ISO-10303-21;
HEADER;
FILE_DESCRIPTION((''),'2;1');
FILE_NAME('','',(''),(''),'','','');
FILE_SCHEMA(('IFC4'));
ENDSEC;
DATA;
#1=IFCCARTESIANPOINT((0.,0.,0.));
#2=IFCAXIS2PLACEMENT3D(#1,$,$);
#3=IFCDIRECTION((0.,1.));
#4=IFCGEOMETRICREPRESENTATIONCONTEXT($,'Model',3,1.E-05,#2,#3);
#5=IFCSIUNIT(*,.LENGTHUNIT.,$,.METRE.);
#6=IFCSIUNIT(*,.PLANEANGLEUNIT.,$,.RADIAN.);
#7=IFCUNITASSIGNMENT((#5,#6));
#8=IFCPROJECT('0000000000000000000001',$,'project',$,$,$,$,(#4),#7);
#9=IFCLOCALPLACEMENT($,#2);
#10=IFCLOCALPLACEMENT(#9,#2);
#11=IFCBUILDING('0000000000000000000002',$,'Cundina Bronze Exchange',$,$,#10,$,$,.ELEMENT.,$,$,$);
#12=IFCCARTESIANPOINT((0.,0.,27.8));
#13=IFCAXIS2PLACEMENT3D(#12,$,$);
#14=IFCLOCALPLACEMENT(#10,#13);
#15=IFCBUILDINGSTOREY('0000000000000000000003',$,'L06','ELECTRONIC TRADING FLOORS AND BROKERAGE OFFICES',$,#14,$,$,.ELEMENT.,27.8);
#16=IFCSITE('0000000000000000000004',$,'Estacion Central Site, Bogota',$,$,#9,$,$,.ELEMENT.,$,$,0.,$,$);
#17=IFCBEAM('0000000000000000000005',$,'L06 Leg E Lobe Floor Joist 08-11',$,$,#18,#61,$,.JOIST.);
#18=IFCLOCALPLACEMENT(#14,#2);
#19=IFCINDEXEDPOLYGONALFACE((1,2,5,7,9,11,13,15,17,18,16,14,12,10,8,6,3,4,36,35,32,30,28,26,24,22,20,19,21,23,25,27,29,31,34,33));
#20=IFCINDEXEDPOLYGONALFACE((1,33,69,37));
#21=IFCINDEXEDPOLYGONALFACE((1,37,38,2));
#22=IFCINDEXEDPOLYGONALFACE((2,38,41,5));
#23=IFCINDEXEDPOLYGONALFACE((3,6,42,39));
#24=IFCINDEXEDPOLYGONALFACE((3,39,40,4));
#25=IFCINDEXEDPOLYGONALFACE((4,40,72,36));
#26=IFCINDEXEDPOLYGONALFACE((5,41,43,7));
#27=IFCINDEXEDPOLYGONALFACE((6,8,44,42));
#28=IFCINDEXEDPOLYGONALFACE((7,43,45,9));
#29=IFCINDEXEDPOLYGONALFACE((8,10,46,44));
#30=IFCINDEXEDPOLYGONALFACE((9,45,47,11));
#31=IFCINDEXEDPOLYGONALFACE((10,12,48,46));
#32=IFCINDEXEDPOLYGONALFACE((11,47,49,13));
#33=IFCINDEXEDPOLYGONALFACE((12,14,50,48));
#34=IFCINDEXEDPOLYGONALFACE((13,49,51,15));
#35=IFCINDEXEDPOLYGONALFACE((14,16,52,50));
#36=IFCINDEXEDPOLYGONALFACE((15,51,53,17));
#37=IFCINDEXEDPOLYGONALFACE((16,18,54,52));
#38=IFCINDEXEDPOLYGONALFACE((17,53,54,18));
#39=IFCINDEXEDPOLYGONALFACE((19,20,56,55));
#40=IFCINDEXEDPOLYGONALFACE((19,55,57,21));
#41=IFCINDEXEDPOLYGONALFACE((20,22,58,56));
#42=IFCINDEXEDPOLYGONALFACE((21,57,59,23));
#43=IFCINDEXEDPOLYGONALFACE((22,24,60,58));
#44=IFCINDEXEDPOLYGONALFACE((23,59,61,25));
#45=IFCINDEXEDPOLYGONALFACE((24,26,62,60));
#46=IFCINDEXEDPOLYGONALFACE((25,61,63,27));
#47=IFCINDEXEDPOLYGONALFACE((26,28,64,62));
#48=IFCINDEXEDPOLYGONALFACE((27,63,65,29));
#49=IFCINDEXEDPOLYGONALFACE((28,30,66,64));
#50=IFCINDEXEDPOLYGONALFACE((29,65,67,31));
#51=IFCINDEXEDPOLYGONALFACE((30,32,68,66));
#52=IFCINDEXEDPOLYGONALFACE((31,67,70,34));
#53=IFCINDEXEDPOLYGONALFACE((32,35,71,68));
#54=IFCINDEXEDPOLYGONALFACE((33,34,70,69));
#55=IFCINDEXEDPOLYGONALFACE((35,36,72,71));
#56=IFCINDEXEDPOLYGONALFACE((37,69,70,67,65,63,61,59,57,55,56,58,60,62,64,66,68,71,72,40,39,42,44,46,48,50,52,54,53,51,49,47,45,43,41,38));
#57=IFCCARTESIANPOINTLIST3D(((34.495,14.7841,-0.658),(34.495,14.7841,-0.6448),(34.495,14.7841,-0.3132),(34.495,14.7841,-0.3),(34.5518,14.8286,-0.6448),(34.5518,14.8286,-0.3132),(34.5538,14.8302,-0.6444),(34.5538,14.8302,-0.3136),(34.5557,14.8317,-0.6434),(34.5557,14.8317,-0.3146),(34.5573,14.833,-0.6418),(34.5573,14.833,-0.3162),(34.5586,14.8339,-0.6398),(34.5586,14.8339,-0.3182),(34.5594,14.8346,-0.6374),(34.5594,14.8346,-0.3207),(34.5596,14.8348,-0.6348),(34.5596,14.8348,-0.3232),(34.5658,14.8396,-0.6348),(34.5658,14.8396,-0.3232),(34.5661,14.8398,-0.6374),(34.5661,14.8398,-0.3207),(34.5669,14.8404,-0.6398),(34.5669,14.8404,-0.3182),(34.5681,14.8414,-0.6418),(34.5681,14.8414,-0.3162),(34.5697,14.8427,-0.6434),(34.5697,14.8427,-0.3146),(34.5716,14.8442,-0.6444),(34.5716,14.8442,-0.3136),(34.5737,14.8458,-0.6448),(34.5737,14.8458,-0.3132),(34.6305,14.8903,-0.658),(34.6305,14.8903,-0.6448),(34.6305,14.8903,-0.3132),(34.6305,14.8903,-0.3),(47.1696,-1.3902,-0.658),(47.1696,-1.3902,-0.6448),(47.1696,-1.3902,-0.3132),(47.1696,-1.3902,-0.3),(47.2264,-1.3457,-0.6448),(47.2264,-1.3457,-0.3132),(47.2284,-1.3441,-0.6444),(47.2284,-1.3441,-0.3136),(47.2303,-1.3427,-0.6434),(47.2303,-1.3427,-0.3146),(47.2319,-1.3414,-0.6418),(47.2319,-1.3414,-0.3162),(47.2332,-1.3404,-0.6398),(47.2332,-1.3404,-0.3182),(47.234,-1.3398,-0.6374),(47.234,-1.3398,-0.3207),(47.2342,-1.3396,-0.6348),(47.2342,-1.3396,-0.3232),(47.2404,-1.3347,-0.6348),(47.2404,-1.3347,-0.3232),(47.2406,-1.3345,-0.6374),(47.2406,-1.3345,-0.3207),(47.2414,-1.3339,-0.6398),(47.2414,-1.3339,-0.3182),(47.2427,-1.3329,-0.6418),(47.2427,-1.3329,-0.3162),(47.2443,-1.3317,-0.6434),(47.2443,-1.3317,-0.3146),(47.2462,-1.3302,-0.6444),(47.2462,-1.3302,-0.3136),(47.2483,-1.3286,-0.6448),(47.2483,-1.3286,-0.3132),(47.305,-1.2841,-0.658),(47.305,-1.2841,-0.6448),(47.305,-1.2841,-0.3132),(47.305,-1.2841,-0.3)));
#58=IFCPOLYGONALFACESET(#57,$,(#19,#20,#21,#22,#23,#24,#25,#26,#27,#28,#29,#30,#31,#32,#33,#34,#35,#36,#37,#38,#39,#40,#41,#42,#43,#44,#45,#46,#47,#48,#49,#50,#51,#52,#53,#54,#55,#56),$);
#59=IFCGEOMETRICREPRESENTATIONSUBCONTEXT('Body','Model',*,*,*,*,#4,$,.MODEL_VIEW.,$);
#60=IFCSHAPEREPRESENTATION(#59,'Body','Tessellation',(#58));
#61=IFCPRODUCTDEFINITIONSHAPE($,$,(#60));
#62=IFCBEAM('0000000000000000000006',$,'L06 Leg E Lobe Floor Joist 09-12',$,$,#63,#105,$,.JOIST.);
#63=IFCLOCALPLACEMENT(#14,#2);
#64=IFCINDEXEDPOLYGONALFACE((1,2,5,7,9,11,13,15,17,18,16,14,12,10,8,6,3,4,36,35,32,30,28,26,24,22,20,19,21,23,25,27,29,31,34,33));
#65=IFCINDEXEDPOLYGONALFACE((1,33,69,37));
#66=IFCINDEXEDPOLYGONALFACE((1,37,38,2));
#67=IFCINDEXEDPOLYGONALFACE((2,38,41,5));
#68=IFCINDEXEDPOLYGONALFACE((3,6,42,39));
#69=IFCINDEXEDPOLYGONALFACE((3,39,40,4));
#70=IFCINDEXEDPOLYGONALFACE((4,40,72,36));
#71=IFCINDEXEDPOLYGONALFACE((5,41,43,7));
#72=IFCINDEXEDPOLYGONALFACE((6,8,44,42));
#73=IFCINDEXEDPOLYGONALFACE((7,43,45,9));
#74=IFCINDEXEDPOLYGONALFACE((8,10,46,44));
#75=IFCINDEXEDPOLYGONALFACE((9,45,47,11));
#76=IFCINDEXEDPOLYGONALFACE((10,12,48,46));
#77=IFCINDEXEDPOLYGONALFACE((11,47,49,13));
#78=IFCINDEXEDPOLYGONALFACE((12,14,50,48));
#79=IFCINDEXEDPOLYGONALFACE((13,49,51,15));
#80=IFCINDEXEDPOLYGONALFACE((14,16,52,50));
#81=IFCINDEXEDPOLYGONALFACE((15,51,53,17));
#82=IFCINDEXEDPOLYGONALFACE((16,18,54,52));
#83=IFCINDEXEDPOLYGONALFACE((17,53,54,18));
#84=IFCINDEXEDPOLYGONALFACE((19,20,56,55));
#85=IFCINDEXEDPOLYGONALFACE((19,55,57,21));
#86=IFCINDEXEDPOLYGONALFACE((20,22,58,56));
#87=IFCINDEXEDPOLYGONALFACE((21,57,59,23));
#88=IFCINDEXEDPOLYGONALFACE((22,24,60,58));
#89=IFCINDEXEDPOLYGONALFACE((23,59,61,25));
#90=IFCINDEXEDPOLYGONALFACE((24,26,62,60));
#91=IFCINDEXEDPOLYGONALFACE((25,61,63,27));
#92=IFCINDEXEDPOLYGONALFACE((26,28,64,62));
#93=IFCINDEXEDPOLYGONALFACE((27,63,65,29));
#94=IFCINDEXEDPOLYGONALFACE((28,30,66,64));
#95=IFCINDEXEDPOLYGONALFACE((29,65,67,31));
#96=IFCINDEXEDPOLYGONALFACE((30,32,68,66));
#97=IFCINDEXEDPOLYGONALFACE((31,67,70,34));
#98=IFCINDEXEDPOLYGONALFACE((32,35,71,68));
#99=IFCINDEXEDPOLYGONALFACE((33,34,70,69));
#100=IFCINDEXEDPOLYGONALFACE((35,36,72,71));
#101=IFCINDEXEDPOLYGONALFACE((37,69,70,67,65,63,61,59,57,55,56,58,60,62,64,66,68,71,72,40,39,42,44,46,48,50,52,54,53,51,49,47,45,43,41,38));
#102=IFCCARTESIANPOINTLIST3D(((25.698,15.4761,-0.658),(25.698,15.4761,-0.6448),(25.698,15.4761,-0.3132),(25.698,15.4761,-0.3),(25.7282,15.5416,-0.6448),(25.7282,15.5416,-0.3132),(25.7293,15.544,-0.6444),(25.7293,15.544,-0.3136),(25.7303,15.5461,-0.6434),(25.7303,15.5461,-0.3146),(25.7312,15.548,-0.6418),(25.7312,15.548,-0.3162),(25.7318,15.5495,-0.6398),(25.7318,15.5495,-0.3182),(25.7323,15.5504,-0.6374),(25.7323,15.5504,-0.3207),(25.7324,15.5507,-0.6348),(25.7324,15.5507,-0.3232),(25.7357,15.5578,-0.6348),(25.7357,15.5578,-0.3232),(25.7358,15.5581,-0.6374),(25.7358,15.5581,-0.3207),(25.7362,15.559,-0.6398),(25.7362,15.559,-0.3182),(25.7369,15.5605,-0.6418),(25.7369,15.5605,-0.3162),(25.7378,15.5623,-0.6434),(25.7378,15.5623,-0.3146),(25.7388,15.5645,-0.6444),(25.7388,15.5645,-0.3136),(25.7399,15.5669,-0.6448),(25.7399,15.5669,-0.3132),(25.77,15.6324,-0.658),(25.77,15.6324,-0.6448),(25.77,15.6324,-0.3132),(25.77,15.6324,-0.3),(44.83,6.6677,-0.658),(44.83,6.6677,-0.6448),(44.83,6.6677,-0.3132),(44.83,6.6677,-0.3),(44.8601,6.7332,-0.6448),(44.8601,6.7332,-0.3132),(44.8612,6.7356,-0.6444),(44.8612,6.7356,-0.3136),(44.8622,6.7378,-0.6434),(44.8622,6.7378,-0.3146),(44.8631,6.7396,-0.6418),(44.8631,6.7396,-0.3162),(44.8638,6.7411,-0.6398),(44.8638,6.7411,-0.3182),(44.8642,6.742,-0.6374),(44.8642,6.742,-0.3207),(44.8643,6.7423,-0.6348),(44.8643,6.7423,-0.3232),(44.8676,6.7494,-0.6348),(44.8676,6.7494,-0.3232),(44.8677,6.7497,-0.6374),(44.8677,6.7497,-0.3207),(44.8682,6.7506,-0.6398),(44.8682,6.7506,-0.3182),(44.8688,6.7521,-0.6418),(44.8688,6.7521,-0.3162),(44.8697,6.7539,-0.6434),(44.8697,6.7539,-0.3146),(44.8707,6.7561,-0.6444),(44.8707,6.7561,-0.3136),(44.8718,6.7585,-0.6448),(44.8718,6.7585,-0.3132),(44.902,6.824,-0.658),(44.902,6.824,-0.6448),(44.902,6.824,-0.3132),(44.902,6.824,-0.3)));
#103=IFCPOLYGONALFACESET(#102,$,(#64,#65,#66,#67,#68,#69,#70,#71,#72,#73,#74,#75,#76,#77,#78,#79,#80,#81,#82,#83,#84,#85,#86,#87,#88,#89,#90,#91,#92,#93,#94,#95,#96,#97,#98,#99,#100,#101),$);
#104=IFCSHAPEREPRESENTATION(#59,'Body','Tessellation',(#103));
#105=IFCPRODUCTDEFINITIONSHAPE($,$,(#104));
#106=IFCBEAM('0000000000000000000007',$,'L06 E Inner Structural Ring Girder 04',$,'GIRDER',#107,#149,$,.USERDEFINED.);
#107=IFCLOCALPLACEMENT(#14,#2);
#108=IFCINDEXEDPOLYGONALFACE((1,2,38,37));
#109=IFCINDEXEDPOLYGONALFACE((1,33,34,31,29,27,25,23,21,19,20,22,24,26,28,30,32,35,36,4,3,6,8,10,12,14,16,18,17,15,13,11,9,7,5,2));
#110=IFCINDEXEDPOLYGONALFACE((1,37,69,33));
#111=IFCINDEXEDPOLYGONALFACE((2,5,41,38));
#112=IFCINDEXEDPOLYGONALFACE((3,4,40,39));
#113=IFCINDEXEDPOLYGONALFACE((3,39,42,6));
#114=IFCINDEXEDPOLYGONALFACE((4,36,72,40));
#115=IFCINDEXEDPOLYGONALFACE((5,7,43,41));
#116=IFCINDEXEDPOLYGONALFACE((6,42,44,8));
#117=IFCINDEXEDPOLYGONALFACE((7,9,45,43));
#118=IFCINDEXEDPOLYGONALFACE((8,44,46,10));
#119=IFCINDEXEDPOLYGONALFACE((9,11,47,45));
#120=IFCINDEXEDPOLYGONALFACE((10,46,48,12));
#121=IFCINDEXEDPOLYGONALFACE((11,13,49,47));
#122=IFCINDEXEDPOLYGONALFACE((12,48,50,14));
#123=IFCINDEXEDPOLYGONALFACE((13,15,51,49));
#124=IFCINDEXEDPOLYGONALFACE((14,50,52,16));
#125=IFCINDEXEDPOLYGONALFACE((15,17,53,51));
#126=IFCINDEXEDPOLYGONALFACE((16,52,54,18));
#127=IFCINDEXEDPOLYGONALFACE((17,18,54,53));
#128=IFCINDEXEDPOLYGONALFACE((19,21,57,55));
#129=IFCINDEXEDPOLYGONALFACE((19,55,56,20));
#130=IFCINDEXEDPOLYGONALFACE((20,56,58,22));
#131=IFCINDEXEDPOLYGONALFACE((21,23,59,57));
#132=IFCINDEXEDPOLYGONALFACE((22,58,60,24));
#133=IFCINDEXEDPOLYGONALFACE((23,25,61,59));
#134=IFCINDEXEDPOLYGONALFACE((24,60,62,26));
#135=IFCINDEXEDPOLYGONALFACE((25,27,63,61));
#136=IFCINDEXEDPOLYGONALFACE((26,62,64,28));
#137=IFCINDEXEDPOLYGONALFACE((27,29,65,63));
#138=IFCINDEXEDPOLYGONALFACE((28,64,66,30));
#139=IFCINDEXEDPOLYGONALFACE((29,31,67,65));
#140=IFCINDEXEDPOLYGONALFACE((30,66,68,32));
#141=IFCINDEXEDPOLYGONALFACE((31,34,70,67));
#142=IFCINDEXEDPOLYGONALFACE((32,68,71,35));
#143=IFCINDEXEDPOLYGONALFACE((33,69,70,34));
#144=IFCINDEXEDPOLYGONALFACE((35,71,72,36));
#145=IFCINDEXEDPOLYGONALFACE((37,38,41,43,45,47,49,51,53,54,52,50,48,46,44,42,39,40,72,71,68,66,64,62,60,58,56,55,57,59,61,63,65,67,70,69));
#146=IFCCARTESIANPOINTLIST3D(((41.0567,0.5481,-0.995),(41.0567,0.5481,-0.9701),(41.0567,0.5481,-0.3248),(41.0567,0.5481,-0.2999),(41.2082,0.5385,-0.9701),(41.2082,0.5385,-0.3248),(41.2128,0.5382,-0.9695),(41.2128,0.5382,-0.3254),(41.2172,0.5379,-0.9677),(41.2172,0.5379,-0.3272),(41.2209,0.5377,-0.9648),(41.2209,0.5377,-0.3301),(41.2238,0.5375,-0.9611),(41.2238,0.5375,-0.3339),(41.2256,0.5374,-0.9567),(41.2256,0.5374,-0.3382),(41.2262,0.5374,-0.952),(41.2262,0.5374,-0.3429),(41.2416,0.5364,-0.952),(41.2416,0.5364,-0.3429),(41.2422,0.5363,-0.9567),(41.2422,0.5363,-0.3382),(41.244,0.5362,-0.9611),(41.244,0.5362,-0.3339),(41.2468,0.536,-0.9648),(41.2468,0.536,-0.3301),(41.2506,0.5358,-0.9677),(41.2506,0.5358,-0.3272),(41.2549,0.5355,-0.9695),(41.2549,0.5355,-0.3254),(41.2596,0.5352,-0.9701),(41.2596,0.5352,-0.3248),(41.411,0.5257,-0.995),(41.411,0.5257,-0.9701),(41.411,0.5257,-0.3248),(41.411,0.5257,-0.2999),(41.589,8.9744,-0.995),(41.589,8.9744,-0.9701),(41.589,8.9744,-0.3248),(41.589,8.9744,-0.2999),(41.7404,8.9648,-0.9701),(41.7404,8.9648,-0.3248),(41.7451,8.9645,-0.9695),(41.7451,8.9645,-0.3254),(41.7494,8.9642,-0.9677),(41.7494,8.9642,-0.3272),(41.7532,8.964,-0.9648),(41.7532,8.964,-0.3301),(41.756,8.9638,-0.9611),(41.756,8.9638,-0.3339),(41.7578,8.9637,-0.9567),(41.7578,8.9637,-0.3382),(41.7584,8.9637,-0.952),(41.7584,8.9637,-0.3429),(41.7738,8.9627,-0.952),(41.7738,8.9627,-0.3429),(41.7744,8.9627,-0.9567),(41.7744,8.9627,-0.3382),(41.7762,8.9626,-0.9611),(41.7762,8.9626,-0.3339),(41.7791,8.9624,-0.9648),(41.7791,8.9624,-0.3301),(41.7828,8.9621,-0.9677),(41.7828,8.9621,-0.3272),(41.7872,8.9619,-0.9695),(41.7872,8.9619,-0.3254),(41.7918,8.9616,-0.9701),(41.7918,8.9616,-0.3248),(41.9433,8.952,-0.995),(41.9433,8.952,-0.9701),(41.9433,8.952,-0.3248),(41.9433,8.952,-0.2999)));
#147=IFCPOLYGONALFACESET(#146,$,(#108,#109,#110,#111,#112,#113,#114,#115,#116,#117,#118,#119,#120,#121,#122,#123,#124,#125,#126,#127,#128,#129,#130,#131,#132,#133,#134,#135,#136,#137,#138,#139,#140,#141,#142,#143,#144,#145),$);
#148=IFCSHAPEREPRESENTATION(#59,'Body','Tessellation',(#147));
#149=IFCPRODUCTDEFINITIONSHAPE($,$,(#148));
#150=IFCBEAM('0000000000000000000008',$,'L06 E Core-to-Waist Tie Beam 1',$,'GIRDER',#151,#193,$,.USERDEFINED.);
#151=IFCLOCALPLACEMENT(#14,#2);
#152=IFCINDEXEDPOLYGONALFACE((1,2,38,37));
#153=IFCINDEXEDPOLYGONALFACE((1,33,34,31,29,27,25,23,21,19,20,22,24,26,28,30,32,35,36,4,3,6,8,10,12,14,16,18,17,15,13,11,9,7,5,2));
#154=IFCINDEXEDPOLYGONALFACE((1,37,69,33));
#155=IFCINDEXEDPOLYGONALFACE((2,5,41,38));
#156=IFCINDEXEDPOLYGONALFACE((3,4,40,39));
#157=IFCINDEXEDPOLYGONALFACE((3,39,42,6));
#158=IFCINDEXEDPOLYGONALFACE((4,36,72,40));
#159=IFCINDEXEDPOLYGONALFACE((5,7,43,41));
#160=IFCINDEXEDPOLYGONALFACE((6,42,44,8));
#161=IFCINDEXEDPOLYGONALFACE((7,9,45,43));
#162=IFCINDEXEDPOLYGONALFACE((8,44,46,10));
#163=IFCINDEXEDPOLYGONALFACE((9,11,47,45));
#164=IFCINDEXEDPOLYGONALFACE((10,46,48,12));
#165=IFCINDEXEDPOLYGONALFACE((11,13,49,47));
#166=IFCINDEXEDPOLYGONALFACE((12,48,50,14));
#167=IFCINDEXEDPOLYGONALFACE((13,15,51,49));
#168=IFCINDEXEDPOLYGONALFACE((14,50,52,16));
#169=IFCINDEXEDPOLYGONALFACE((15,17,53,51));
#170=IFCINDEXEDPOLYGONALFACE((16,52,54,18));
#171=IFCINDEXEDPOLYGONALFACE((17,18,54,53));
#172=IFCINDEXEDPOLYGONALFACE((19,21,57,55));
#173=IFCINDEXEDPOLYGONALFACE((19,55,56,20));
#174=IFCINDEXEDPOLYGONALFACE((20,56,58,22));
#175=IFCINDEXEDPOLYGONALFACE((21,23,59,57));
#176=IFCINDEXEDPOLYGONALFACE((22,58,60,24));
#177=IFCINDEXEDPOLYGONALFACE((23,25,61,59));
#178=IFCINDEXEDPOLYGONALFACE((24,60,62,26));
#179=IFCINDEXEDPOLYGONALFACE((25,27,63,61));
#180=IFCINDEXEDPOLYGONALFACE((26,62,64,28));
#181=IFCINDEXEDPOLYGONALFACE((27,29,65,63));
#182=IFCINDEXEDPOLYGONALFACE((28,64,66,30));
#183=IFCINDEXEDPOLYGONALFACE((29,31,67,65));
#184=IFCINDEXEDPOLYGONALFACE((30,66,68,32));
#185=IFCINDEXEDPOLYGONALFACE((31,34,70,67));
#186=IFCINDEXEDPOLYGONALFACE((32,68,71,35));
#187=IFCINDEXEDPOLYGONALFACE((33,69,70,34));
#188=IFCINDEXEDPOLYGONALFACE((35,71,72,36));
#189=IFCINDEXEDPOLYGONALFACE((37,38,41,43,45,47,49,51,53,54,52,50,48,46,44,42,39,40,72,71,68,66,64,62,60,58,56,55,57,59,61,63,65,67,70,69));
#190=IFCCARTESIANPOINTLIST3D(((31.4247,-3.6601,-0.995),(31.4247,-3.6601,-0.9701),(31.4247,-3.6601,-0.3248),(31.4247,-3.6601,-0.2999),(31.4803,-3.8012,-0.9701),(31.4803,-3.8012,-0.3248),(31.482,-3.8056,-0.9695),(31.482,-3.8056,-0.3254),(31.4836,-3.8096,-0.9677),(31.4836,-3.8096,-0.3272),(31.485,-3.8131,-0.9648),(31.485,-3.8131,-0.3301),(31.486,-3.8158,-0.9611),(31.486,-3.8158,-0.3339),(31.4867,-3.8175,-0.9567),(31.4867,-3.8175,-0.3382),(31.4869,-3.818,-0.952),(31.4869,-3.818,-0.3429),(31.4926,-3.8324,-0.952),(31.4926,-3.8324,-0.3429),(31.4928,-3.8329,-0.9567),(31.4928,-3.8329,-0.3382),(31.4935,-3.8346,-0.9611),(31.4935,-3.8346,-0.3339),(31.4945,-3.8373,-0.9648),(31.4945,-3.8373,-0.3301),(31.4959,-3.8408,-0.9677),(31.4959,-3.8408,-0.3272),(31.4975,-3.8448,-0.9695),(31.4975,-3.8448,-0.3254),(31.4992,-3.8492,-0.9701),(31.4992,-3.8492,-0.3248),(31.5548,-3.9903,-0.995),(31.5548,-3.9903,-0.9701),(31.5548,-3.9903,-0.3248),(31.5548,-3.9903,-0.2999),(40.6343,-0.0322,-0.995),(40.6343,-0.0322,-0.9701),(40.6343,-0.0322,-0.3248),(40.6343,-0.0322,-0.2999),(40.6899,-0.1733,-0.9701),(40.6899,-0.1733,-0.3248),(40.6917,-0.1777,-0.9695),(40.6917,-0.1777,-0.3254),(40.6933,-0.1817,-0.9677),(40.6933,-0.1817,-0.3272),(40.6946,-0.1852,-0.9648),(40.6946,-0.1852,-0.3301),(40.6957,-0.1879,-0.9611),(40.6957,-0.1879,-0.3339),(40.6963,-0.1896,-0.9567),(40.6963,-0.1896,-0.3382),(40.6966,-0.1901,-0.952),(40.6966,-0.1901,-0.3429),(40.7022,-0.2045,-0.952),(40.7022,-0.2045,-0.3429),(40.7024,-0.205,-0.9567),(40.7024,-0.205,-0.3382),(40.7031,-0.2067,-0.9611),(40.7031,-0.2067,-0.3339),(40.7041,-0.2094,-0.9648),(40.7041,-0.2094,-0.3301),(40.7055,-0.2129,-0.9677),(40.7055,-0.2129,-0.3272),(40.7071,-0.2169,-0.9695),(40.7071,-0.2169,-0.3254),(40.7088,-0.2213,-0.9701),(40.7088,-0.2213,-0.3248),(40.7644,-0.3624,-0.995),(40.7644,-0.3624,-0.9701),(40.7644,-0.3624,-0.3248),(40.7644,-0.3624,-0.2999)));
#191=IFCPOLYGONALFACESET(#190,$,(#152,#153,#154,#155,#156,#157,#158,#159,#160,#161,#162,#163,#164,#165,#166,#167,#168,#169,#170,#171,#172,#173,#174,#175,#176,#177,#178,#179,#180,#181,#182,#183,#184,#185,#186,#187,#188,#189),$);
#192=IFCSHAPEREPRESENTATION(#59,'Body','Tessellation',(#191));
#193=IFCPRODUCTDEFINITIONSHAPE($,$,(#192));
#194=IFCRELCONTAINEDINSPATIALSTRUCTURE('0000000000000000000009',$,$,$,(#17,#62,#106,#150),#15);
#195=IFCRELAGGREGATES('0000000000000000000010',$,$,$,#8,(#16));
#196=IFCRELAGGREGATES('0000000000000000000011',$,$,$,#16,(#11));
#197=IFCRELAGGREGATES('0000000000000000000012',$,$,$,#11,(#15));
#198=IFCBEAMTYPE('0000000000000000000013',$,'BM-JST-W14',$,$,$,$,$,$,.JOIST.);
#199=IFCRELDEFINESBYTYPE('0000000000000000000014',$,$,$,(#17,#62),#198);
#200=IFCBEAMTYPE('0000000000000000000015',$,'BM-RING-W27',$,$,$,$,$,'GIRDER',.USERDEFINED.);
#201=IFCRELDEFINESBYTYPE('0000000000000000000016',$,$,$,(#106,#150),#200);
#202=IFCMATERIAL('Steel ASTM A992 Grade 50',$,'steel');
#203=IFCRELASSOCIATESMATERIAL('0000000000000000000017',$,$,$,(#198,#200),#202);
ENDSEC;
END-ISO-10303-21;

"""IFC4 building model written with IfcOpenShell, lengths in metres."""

from ifc_helpers import new_model, si_unit, direction, frame, origin, origin_2d, place, context, subcontext, project, spatial, i_section, extrude, material, material_profile, profile_set, type_object, element, save


model = new_model("IFC4")

# Units and contexts
model_context = context("Model", 3, precision=1e-05, world=origin(), true_north=direction((0.0, 1.0)))
body_context = subcontext(model_context, "Body", "Model", "MODEL_VIEW")
ifc_project = project(units=[si_unit("LENGTHUNIT", "METRE"), si_unit("PLANEANGLEUNIT", "RADIAN")], contexts=[model_context])

# Site, building, storey
site_placement = place(None, origin())
site = spatial("IfcSite", under=ifc_project, at=site_placement, Name="Estacion Central Site, Bogota", CompositionType="ELEMENT", RefElevation=0.0)
building_placement = place(site_placement, origin())
building = spatial("IfcBuilding", under=site, at=building_placement, Name="Cundina Bronze Exchange", CompositionType="ELEMENT")
storey_placement = place(building_placement, frame((0.0, 0.0, 27.8)))
storey = spatial("IfcBuildingStorey", under=building, at=storey_placement, Name="L06", Description="ELECTRONIC TRADING FLOORS AND BROKERAGE OFFICES", CompositionType="ELEMENT", Elevation=27.8)

# Shared definitions
ifc_material_1 = material(Name="Steel ASTM A992 Grade 50", Category="steel")

# Beams
ifc_material_profile_1 = material_profile(ifc_material_1, i_section(OverallWidth=0.1721, OverallDepth=0.3579, WebThickness=0.0078, FlangeThickness=0.0132, FilletRadius=0.01, at=origin_2d()), Name="W14X38", Category="steel")
ifc_profile_set_1 = profile_set([ifc_material_profile_1], Name="Steel ASTM A992 Grade 50")
beam_type_1 = type_object("IfcBeamType", Name="BM-JST-W14", PredefinedType="JOIST", material=ifc_profile_set_1)
beam_1_placement = place(storey_placement, frame((47.2373, -1.3372, -0.479), z_axis=(-0.616803, 0.787117, 0.0), x_axis=(-0.787117, -0.616803, 0.0)))
element("IfcBeam", 1, at=beam_1_placement, inside=storey, type_object=beam_type_1, Name="L06 Leg E Lobe Floor Joist 08-11", PredefinedType="JOIST", context=body_context, shape_type="SweptSolid", body=[
    extrude(i_section(OverallWidth=0.1721, OverallDepth=0.3579, WebThickness=0.0078, FlangeThickness=0.0132, FilletRadius=0.01, at=origin_2d()), origin(), (0.0, 0.0, 1.0), 20.5488),
])
beam_2_placement = place(storey_placement, frame((44.866, 6.7458, -0.479), z_axis=(-0.908352, 0.418208, 0.0), x_axis=(-0.418208, -0.908352, 0.0)))
element("IfcBeam", 2, at=beam_2_placement, inside=storey, type_object=beam_type_1, Name="L06 Leg E Lobe Floor Joist 09-12", PredefinedType="JOIST", context=body_context, shape_type="SweptSolid", body=[
    extrude(i_section(OverallWidth=0.1721, OverallDepth=0.3579, WebThickness=0.0078, FlangeThickness=0.0132, FilletRadius=0.01, at=origin_2d()), origin(), (0.0, 0.0, 1.0), 21.0623),
])
ifc_material_profile_2 = material_profile(ifc_material_1, i_section(OverallWidth=0.355, OverallDepth=0.6951, WebThickness=0.0154, FlangeThickness=0.0249, FilletRadius=0.0181, at=origin_2d()), Name="W27X146", Category="steel")
ifc_profile_set_2 = profile_set([ifc_material_profile_2], Name="Steel ASTM A992 Grade 50")
beam_type_2 = type_object("IfcBeamType", Name="BM-RING-W27", ElementType="GIRDER", PredefinedType="USERDEFINED", material=ifc_profile_set_2)
beam_3_placement = place(storey_placement, frame((41.2339, 0.5369, -0.6475), z_axis=(0.063037, 0.998011, 0.0), x_axis=(-0.998011, 0.063037, 0.0)))
element("IfcBeam", 3, at=beam_3_placement, inside=storey, type_object=beam_type_2, Name="L06 E Inner Structural Ring Girder 04", ObjectType="GIRDER", PredefinedType="USERDEFINED", context=body_context, shape_type="SweptSolid", body=[
    extrude(i_section(OverallWidth=0.355, OverallDepth=0.6951, WebThickness=0.0154, FlangeThickness=0.0249, FilletRadius=0.0181, at=origin_2d()), origin(), (0.0, 0.0, 1.0), 8.4431),
])
beam_4_placement = place(storey_placement, frame((31.4897, -3.8252, -0.6475), z_axis=(0.930413, 0.366512, 0.0), x_axis=(-0.366512, 0.930413, 0.0)))
element("IfcBeam", 4, at=beam_4_placement, inside=storey, type_object=beam_type_2, Name="L06 E Core-to-Waist Tie Beam 1", ObjectType="GIRDER", PredefinedType="USERDEFINED", context=body_context, shape_type="SweptSolid", body=[
    extrude(i_section(OverallWidth=0.355, OverallDepth=0.6951, WebThickness=0.0154, FlangeThickness=0.0249, FilletRadius=0.0181, at=origin_2d()), origin(), (0.0, 0.0, 1.0), 9.8984),
])

save(model, "model.ifc")
